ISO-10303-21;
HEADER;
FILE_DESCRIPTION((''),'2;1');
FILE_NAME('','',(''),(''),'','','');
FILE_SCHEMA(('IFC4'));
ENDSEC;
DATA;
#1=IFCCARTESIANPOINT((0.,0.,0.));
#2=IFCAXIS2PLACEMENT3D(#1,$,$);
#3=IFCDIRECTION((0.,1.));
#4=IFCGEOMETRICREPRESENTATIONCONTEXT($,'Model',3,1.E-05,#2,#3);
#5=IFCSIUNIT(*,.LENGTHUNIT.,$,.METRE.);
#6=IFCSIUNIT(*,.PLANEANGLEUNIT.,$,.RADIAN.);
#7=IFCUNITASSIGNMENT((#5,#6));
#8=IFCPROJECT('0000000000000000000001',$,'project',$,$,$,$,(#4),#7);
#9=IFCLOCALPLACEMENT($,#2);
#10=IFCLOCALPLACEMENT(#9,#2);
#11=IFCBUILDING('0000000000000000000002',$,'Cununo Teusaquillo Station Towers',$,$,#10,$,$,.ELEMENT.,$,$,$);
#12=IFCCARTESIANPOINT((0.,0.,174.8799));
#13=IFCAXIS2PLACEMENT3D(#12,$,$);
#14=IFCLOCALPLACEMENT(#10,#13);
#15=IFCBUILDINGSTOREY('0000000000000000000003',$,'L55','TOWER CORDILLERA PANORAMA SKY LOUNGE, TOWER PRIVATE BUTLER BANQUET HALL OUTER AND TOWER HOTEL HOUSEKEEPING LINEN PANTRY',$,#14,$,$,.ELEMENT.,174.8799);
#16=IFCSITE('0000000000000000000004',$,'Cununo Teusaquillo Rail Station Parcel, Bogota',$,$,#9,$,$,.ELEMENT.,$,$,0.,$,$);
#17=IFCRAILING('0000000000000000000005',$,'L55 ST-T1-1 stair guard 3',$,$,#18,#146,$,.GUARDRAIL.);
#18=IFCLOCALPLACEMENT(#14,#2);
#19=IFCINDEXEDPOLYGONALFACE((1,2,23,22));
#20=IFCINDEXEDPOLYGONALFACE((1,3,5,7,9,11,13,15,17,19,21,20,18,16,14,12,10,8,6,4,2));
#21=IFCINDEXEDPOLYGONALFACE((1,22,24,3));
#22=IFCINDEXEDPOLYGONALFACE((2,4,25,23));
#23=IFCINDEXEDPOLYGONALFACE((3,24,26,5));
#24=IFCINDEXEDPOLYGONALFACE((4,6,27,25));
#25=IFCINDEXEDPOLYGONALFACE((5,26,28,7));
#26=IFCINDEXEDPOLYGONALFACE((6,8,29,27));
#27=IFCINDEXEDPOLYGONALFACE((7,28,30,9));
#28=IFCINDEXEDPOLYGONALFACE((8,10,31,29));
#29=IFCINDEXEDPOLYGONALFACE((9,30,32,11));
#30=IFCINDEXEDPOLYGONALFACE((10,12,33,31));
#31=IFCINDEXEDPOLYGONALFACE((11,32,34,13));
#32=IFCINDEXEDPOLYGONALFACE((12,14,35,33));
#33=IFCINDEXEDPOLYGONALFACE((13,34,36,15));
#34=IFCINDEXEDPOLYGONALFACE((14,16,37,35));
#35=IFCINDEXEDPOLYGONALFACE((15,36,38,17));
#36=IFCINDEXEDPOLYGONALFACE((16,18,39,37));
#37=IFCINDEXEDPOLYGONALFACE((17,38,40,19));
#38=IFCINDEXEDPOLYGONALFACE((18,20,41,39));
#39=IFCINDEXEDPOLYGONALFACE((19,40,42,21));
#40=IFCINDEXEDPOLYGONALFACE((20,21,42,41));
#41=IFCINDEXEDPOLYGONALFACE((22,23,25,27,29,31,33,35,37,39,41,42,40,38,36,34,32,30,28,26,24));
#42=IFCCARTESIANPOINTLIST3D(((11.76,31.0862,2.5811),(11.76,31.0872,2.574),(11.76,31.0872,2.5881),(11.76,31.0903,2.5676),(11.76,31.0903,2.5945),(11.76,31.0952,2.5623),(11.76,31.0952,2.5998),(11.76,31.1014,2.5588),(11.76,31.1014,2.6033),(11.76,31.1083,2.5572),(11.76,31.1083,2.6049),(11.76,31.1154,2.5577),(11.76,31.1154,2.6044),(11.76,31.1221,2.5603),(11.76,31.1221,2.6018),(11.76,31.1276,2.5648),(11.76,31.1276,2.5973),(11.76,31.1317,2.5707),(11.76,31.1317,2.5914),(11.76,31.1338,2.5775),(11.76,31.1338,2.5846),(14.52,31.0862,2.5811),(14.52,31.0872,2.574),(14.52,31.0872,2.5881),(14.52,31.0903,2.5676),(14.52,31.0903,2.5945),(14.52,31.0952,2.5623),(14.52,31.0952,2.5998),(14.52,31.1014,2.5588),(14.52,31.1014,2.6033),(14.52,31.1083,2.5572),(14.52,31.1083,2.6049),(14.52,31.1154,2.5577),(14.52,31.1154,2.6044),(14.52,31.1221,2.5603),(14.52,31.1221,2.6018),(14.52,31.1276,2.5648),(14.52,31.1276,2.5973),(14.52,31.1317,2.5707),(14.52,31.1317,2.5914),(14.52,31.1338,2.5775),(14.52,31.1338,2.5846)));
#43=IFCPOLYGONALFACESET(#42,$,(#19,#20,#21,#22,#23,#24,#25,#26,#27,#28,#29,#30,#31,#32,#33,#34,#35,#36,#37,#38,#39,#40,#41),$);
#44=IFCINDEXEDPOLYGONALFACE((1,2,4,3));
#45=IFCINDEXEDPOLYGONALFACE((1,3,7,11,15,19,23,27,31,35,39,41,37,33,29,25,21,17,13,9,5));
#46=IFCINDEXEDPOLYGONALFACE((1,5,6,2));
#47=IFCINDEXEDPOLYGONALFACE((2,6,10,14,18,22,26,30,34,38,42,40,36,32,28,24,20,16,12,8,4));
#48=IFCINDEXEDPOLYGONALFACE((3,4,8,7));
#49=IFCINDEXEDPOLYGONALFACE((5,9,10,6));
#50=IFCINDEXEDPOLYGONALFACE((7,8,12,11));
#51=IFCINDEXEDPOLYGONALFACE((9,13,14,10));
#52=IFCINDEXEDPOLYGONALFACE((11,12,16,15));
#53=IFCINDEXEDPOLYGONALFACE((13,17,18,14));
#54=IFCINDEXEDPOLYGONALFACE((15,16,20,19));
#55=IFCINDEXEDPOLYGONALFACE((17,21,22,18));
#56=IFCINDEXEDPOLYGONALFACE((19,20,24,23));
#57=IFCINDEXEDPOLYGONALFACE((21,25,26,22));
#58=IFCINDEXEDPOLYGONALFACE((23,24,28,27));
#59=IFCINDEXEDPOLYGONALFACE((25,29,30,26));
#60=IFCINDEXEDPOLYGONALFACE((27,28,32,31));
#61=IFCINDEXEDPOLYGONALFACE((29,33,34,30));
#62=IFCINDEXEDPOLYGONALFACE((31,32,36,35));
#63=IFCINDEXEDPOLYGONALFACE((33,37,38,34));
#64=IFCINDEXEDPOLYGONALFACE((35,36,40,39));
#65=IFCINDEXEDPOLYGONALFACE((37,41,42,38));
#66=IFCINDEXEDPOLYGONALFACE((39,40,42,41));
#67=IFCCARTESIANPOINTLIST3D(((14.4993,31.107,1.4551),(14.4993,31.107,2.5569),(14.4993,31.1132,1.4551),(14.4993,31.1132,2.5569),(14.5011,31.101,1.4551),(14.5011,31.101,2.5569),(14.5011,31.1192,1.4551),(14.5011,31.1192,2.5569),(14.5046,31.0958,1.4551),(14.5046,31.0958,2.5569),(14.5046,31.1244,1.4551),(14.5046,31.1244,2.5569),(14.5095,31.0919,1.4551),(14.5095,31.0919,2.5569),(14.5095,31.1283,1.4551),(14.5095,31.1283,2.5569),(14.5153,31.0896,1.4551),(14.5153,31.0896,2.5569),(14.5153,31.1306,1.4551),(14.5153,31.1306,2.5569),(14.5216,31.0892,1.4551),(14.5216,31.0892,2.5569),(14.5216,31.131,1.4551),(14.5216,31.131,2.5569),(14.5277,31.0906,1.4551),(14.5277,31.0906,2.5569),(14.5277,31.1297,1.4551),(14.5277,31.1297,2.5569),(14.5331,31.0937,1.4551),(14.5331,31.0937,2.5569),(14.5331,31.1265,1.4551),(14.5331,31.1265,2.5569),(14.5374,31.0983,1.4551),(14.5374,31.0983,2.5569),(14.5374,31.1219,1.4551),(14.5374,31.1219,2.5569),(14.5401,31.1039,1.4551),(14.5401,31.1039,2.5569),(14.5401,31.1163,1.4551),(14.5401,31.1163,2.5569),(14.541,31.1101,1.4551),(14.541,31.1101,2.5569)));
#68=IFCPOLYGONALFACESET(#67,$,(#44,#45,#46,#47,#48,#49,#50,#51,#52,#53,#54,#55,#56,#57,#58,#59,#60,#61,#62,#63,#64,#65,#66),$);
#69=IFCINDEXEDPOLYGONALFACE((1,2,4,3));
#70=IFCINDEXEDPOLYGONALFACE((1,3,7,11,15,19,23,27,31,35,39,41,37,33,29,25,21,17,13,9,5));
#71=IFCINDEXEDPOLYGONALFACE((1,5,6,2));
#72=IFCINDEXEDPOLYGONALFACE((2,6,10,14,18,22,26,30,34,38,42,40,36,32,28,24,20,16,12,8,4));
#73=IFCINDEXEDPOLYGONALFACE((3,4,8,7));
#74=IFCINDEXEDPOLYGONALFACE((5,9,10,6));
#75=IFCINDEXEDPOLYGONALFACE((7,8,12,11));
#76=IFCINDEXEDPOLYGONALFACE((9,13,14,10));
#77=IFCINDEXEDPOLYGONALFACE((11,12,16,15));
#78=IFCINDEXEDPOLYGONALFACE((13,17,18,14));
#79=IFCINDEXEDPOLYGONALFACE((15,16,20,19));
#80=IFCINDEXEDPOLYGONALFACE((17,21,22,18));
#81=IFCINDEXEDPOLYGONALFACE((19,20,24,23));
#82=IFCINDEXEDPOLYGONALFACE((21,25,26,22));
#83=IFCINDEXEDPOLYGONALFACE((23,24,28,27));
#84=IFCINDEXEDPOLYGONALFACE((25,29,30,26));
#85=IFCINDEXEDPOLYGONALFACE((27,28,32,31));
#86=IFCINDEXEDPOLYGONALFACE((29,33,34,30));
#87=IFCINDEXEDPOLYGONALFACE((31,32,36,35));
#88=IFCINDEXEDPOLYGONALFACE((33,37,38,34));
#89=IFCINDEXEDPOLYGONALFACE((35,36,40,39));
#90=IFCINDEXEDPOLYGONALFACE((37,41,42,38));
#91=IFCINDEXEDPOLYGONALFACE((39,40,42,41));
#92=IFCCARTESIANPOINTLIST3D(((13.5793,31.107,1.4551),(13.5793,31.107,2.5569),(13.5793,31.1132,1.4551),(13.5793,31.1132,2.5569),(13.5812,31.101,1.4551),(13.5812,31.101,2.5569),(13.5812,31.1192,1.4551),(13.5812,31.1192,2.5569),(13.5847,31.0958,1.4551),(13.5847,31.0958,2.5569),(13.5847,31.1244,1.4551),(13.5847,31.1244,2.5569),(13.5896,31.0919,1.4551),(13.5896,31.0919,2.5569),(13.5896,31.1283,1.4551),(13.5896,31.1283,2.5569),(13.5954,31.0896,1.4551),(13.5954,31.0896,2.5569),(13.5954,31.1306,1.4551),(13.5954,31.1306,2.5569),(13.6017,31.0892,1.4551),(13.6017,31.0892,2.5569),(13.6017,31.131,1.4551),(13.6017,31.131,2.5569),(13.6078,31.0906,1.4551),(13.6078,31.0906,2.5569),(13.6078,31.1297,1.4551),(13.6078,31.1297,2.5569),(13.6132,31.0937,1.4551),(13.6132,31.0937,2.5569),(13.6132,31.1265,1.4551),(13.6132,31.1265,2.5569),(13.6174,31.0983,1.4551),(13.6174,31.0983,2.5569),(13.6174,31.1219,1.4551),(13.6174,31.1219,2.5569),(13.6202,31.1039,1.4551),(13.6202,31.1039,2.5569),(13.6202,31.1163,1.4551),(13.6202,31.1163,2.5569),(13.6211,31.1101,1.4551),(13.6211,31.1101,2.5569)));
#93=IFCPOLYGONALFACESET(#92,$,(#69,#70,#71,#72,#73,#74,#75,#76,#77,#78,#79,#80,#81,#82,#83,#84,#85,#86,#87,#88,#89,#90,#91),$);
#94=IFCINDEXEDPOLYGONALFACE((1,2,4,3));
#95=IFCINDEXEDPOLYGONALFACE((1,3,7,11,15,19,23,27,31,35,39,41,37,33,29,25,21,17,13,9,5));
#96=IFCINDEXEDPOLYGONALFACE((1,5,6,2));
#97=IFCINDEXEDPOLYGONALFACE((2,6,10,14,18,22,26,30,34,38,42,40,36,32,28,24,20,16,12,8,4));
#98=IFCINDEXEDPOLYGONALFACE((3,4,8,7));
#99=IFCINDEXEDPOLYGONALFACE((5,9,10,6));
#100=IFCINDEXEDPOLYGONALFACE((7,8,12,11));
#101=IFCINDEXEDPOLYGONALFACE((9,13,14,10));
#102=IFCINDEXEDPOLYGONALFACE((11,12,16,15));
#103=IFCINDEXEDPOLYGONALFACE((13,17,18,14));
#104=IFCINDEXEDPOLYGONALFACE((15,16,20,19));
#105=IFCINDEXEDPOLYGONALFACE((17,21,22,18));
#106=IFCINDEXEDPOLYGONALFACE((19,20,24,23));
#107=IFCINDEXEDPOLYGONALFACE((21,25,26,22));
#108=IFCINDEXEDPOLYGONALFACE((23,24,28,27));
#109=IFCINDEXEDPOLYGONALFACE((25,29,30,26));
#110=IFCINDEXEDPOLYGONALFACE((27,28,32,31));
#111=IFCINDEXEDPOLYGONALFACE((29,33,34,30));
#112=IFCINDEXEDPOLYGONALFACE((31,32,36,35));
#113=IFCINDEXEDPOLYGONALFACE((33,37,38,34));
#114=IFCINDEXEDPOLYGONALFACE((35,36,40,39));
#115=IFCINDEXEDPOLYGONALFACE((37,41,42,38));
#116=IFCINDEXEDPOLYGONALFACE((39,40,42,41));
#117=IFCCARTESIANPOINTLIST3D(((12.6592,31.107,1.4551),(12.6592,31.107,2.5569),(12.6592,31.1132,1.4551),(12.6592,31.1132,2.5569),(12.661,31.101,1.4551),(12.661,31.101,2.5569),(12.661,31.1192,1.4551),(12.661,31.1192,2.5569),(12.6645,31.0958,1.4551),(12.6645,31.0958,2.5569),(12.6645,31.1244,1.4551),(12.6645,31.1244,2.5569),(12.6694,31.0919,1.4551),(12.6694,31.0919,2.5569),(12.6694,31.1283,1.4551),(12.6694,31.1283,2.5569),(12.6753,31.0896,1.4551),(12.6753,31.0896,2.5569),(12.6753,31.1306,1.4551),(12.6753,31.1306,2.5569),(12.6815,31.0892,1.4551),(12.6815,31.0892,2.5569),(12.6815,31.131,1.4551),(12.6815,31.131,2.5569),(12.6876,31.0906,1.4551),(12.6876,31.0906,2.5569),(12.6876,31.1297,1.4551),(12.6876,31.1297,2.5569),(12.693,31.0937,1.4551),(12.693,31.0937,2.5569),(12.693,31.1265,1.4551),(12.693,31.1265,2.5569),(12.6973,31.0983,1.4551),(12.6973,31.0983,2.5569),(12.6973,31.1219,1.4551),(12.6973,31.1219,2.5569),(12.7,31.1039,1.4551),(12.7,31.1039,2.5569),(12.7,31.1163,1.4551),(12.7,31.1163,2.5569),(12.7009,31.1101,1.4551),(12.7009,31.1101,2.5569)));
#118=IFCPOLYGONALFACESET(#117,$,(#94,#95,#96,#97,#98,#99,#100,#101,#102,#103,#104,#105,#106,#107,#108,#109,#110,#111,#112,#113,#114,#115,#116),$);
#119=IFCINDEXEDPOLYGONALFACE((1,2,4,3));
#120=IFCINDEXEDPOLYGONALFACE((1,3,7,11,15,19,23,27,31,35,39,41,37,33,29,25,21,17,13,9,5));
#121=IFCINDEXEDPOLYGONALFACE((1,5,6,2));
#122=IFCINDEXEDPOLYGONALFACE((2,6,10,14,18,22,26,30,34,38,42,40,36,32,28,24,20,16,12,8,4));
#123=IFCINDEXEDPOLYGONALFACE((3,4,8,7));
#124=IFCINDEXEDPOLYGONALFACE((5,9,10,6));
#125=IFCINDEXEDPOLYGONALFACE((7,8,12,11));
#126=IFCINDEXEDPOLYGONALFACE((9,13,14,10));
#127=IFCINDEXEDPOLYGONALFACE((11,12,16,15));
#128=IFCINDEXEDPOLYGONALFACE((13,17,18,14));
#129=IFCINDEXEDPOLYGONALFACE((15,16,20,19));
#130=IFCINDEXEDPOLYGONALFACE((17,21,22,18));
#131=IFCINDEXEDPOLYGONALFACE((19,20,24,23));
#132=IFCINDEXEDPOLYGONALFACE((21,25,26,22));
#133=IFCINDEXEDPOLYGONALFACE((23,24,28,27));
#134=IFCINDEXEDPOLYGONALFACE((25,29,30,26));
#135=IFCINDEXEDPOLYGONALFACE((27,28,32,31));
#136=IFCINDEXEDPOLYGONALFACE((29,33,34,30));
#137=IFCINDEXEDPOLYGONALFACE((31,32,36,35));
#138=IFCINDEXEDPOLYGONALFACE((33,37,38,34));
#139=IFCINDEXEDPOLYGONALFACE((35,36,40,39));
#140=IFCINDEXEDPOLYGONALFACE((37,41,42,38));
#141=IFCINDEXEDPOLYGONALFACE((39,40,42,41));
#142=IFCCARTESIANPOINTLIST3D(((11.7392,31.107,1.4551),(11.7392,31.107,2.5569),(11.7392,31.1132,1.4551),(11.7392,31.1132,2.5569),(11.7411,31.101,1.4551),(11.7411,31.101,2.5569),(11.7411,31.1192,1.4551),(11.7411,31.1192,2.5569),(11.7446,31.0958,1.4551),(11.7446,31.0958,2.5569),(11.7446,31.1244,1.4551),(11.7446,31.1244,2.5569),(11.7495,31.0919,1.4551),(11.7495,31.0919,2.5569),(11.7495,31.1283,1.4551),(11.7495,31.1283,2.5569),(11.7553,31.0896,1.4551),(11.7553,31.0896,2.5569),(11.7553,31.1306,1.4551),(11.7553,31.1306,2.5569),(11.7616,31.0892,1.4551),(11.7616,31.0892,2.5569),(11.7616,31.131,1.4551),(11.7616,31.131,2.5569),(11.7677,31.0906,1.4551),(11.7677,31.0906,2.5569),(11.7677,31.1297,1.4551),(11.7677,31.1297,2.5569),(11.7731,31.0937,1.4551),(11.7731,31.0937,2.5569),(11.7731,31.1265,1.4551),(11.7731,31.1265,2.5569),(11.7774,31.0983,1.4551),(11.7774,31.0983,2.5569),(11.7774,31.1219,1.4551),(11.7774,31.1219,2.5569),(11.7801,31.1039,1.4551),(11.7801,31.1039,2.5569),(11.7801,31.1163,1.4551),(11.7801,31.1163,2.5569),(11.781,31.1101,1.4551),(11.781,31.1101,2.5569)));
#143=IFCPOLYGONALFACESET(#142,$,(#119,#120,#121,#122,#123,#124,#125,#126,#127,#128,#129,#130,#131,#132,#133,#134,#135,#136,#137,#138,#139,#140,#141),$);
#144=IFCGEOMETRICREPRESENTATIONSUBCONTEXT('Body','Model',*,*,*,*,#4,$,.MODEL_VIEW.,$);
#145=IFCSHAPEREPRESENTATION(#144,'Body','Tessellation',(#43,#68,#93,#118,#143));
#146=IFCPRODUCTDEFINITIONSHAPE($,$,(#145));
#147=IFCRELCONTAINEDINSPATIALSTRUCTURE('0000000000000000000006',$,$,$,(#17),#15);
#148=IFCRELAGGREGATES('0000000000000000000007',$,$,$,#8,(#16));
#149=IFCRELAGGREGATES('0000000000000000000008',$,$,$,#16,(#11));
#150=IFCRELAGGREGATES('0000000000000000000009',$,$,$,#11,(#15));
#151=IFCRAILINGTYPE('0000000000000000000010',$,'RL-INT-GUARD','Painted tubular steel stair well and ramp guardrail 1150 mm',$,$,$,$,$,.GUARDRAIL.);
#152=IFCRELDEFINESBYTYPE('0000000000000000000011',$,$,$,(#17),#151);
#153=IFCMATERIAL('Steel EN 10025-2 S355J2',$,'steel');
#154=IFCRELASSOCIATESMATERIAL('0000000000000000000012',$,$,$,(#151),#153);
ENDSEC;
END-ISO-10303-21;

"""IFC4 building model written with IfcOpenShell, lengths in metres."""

from ifc_helpers import new_model, si_unit, direction, frame, origin, origin_2d, place, context, subcontext, project, spatial, circle, extrude, material, type_object, element, save


model = new_model("IFC4")

# Units and contexts
model_context = context("Model", 3, precision=1e-05, world=origin(), true_north=direction((0.0, 1.0)))
body_context = subcontext(model_context, "Body", "Model", "MODEL_VIEW")
ifc_project = project(units=[si_unit("LENGTHUNIT", "METRE"), si_unit("PLANEANGLEUNIT", "RADIAN")], contexts=[model_context])

# Site, building, storey
site_placement = place(None, origin())
site = spatial("IfcSite", under=ifc_project, at=site_placement, Name="Cununo Teusaquillo Rail Station Parcel, Bogota", CompositionType="ELEMENT", RefElevation=0.0)
building_placement = place(site_placement, origin())
building = spatial("IfcBuilding", under=site, at=building_placement, Name="Cununo Teusaquillo Station Towers", CompositionType="ELEMENT")
storey_placement = place(building_placement, frame((0.0, 0.0, 174.8799)))
storey = spatial("IfcBuildingStorey", under=building, at=storey_placement, Name="L55", Description="TOWER CORDILLERA PANORAMA SKY LOUNGE, TOWER PRIVATE BUTLER BANQUET HALL OUTER AND TOWER HOTEL HOUSEKEEPING LINEN PANTRY", CompositionType="ELEMENT", Elevation=174.8799)

# Railing
ifc_material_1 = material(Name="Steel EN 10025-2 S355J2", Category="steel")
railing_type_1 = type_object("IfcRailingType", Name="RL-INT-GUARD", Description="Painted tubular steel stair well and ramp guardrail 1150 mm", PredefinedType="GUARDRAIL", material=ifc_material_1)
railing_1_placement = place(storey_placement, frame((14.52, 31.1101, 1.4551)))
element("IfcRailing", 1, at=railing_1_placement, inside=storey, type_object=railing_type_1, Name="L55 ST-T1-1 stair guard 3", PredefinedType="GUARDRAIL", context=body_context, shape_type="SweptSolid", body=[
    extrude(circle(Radius=0.0239, at=origin_2d()), frame((0.0, 0.0, 1.126), z_axis=(-1.0, 0.0, 0.0), x_axis=(0.0, -1.0, 0.0)), (0.0, 0.0, 1.0), 2.76),
    extrude(circle(Radius=0.021, at=origin_2d()), origin(), (0.0, 0.0, 1.0), 1.1018),
    extrude(circle(Radius=0.021, at=origin_2d()), frame((-0.9199, 0.0, 0.0)), (0.0, 0.0, 1.0), 1.1018),
    extrude(circle(Radius=0.021, at=origin_2d()), frame((-1.8401, 0.0, 0.0)), (0.0, 0.0, 1.0), 1.1018),
    extrude(circle(Radius=0.021, at=origin_2d()), frame((-2.76, 0.0, 0.0)), (0.0, 0.0, 1.0), 1.1018),
])

save(model, "model.ifc")
